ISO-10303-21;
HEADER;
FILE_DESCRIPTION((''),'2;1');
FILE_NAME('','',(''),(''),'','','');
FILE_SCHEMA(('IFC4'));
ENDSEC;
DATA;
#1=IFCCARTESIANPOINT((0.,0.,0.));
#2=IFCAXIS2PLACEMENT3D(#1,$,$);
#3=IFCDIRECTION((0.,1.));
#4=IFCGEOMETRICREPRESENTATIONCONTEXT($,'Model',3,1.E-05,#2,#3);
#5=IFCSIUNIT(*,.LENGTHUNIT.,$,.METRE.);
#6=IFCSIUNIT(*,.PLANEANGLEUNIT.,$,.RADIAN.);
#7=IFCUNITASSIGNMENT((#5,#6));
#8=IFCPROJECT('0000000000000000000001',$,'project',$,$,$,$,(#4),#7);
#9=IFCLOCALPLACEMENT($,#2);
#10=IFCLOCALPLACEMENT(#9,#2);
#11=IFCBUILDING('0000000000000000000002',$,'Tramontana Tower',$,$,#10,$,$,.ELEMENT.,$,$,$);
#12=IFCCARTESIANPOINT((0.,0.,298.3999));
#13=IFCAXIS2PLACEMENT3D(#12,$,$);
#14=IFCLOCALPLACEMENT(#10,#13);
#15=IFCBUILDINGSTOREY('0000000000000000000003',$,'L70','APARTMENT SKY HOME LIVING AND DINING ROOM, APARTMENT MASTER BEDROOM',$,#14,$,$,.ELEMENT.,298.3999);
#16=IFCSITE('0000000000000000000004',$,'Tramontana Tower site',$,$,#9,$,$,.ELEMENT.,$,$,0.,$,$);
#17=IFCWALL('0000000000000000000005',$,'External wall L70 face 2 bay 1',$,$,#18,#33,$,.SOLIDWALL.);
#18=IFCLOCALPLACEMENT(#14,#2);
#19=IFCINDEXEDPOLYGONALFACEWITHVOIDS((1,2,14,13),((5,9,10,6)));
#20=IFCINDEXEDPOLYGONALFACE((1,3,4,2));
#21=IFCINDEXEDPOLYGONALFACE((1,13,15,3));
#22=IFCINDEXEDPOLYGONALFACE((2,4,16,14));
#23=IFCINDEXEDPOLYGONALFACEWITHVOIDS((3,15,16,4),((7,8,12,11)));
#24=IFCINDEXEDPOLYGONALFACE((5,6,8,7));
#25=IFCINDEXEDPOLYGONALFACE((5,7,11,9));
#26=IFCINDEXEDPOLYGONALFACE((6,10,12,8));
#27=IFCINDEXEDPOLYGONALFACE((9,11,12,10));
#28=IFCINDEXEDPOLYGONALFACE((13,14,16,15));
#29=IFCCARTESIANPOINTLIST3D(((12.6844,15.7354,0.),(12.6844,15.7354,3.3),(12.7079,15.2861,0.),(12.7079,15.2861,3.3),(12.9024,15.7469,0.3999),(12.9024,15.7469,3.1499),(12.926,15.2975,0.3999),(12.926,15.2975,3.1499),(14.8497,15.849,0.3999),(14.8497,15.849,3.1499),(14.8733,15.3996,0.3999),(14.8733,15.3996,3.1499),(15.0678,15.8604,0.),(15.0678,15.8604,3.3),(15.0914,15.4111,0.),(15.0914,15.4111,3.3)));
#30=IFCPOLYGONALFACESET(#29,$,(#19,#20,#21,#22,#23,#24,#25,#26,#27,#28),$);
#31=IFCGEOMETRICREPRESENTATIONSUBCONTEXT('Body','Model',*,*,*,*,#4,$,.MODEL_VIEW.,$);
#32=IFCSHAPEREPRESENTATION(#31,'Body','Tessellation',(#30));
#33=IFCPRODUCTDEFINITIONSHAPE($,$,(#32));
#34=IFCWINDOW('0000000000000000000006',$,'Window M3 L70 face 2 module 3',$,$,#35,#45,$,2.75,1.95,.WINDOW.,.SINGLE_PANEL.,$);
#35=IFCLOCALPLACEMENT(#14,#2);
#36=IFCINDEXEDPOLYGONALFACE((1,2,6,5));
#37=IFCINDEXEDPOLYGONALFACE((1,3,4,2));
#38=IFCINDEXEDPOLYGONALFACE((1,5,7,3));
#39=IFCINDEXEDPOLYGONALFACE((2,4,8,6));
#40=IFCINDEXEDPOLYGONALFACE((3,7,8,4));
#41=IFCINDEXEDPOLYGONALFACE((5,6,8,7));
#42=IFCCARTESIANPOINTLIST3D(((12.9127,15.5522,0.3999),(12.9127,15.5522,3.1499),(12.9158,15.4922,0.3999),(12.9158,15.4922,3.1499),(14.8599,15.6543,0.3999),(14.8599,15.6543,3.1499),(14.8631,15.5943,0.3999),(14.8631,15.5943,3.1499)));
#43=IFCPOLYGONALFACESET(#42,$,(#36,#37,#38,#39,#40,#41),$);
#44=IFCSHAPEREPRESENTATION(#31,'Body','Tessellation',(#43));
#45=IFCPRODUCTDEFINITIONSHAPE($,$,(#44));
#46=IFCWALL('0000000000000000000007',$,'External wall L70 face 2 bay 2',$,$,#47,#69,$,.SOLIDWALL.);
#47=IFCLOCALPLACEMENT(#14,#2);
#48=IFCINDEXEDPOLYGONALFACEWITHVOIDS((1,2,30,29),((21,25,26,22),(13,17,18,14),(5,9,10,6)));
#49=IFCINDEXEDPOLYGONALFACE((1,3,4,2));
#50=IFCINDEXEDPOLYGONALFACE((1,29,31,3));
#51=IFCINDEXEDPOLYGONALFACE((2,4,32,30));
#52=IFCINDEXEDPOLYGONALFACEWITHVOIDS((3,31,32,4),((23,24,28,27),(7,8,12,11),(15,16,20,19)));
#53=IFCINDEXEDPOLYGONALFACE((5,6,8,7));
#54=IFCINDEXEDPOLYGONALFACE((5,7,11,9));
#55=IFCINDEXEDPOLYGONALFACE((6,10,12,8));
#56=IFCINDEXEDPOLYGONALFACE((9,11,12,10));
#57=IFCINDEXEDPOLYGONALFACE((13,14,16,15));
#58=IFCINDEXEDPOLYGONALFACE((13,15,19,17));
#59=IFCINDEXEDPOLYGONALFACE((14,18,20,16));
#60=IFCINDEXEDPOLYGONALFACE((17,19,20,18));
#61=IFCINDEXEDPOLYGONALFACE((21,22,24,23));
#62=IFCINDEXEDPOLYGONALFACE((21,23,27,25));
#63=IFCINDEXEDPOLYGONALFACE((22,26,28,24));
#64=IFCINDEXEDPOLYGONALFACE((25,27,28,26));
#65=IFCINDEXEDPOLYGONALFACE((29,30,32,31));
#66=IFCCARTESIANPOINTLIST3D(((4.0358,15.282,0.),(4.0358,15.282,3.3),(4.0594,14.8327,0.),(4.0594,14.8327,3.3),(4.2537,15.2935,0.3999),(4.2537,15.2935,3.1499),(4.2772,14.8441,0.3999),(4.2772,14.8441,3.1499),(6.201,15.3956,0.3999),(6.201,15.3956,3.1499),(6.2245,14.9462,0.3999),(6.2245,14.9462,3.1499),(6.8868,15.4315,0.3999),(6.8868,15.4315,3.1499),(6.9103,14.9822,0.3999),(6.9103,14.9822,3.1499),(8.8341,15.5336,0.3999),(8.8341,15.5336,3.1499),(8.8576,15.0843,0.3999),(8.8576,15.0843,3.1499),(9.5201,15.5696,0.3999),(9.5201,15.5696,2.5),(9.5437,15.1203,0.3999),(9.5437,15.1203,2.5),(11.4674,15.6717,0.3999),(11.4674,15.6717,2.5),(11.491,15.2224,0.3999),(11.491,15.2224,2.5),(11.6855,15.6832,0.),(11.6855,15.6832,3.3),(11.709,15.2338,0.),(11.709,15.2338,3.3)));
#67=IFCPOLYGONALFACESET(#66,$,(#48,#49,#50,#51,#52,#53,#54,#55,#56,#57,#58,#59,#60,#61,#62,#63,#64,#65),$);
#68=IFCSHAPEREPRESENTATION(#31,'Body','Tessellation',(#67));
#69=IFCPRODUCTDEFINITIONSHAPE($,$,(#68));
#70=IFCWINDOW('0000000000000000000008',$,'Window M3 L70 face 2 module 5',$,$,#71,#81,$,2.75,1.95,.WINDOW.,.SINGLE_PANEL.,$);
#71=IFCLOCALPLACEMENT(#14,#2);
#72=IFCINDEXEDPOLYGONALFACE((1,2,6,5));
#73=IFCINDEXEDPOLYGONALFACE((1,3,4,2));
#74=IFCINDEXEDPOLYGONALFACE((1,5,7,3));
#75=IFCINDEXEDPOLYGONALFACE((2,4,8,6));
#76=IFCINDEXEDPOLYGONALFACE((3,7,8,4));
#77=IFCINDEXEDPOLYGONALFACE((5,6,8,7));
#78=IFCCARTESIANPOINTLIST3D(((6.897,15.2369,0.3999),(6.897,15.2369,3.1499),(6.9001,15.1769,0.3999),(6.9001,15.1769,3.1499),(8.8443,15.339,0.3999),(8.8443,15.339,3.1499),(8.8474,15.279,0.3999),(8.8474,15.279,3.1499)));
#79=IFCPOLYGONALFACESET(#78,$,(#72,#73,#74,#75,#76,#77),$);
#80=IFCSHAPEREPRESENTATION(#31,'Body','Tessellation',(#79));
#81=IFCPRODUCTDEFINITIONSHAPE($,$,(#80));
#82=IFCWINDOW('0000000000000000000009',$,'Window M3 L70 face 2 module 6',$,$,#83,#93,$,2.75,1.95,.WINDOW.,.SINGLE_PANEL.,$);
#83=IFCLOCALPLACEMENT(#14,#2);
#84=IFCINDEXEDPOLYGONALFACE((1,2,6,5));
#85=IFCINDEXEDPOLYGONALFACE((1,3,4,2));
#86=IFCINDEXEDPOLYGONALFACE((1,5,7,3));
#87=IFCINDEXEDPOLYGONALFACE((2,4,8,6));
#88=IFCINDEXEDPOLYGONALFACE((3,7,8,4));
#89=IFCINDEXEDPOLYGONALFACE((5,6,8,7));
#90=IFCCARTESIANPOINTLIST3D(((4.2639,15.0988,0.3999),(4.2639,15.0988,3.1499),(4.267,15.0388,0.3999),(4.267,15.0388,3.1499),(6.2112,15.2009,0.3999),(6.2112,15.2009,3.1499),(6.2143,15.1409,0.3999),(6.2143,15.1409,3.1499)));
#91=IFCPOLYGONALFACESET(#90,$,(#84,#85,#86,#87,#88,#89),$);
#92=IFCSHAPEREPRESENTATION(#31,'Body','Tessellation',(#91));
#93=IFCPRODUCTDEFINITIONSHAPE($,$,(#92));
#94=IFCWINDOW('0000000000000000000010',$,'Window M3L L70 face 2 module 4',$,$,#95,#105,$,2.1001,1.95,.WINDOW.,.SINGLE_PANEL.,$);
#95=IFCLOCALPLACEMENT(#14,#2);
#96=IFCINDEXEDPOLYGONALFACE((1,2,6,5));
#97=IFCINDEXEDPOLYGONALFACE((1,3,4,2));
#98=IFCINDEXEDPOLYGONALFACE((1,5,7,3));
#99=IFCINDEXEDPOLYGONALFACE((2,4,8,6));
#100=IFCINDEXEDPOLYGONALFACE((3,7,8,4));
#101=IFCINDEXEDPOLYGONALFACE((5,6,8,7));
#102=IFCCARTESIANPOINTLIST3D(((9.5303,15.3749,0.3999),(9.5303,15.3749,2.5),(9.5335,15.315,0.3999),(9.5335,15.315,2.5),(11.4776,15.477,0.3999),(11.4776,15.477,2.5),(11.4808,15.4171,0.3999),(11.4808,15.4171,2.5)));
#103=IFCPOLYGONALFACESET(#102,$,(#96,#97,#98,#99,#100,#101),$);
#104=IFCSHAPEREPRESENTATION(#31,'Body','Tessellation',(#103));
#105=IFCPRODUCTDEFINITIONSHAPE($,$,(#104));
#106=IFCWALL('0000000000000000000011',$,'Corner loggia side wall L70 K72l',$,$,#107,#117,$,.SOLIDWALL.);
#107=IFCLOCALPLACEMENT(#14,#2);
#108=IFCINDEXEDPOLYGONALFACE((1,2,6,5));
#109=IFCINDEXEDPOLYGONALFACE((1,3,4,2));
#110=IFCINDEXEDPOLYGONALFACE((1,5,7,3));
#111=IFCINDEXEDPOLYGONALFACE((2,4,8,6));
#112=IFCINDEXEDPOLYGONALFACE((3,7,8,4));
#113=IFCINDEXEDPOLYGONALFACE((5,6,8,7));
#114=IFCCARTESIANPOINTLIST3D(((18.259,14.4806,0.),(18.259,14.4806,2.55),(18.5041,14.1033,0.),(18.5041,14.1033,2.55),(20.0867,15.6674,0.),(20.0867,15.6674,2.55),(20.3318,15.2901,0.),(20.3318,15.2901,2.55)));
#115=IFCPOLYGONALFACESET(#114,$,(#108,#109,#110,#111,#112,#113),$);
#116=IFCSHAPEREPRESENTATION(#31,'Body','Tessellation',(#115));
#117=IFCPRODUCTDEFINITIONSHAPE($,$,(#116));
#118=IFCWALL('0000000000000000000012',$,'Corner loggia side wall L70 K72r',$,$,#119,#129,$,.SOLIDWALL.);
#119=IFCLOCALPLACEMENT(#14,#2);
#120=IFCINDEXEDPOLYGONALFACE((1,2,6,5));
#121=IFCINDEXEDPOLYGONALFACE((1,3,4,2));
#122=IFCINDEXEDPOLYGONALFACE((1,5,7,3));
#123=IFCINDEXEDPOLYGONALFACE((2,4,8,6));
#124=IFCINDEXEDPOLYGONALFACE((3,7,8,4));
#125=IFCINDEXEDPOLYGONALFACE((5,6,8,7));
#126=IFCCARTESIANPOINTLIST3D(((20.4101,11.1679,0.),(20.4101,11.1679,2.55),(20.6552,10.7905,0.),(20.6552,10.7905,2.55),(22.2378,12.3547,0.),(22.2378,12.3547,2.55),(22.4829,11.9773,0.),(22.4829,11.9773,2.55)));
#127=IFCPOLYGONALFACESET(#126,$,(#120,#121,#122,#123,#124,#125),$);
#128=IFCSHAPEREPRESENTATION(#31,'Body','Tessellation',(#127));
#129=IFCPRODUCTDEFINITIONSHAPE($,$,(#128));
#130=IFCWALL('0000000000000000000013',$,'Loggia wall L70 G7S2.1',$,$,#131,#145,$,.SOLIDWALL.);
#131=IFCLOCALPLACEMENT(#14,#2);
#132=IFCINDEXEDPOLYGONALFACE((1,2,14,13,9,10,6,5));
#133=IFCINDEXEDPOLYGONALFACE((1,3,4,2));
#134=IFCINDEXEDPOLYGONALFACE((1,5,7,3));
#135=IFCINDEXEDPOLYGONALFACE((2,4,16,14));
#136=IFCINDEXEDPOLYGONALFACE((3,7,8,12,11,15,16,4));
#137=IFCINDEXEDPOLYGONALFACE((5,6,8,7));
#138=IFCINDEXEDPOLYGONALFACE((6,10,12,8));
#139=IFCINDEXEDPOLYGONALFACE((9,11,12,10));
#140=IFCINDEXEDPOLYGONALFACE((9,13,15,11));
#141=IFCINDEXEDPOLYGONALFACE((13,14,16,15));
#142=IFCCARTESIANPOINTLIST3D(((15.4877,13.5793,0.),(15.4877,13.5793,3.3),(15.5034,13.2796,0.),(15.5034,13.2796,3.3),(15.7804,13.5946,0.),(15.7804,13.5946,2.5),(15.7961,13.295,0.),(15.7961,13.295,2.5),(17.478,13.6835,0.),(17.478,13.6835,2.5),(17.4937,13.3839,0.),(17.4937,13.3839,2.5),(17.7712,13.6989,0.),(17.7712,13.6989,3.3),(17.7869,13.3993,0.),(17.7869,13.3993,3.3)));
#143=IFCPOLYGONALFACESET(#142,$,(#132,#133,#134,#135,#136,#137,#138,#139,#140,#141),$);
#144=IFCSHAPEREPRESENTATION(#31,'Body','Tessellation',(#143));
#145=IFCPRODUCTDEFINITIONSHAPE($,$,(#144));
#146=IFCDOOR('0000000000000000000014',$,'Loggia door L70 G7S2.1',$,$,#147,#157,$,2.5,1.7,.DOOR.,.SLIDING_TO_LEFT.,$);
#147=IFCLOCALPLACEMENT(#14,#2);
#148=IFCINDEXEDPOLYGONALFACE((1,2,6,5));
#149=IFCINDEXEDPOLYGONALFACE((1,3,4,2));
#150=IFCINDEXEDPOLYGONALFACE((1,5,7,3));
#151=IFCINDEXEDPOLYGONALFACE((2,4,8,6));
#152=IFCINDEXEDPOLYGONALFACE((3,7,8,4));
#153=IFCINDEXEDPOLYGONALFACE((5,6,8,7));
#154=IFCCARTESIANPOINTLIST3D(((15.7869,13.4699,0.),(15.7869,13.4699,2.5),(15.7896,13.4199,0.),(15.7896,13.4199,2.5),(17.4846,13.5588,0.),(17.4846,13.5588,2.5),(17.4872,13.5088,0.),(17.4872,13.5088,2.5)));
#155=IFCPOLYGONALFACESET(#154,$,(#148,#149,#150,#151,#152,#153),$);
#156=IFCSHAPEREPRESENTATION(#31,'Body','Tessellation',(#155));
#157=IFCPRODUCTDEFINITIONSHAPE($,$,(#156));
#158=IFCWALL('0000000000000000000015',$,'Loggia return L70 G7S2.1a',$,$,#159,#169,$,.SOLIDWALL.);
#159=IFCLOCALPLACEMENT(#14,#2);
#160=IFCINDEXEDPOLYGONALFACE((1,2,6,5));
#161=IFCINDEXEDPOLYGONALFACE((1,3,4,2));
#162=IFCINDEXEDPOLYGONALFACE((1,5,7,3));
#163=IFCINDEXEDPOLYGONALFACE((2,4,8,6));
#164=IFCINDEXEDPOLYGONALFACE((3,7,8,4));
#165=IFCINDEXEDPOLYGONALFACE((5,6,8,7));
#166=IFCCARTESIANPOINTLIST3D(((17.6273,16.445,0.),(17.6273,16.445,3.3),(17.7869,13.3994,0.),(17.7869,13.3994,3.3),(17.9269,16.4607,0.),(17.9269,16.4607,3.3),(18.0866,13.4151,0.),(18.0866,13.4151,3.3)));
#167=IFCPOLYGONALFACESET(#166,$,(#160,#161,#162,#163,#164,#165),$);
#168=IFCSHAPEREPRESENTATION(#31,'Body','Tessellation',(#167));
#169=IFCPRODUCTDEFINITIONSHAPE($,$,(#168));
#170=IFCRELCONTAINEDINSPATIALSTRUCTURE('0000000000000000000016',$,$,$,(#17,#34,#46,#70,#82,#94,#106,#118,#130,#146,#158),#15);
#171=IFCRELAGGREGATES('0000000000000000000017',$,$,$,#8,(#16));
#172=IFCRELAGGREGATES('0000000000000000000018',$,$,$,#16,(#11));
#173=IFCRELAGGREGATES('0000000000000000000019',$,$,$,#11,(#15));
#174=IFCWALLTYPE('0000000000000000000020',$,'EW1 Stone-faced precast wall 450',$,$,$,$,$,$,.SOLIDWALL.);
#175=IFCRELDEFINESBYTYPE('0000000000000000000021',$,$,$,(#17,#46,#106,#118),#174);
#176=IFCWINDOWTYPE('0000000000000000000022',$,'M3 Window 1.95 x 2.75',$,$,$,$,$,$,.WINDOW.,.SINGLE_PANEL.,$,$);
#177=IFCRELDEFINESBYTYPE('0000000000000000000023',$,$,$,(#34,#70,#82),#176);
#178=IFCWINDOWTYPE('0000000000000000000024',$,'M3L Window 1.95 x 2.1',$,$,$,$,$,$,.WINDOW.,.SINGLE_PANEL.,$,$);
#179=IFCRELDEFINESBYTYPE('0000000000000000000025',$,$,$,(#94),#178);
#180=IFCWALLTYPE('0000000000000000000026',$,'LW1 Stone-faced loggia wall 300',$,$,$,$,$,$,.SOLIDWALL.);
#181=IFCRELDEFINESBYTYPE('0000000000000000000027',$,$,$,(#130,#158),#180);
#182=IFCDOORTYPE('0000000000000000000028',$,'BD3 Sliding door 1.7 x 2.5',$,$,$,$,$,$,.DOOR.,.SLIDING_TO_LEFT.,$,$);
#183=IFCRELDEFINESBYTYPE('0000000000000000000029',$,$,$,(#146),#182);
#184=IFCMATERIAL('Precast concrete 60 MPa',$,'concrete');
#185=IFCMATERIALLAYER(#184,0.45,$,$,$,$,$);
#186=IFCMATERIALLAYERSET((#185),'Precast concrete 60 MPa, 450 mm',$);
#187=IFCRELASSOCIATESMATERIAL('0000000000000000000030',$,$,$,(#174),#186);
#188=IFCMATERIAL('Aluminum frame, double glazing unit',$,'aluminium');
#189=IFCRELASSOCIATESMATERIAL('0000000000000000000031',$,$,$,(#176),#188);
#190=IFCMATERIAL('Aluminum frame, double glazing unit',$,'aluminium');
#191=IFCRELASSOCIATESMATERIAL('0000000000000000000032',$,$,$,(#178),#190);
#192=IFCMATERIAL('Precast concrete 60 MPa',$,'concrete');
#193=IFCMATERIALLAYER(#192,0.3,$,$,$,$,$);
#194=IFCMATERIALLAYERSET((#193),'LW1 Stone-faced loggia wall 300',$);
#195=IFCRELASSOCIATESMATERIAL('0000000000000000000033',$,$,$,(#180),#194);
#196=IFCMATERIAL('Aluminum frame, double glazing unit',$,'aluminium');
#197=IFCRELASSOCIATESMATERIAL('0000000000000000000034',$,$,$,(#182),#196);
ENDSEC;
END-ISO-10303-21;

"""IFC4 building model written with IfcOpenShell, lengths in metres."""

from ifc_helpers import new_model, si_unit, direction, frame, frame_2d, origin, place, context, subcontext, project, spatial, rectangle, extrude, material, layer, layer_set, type_object, element, fill, save


model = new_model("IFC4")

# Units and contexts
model_context = context("Model", 3, precision=1e-05, world=origin(), true_north=direction((0.0, 1.0)))
body_context = subcontext(model_context, "Body", "Model", "MODEL_VIEW")
ifc_project = project(units=[si_unit("LENGTHUNIT", "METRE"), si_unit("PLANEANGLEUNIT", "RADIAN")], contexts=[model_context])

# Site, building, storey
site_placement = place(None, origin())
site = spatial("IfcSite", under=ifc_project, at=site_placement, Name="Tramontana Tower site", CompositionType="ELEMENT", RefElevation=0.0)
building_placement = place(site_placement, origin())
building = spatial("IfcBuilding", under=site, at=building_placement, Name="Tramontana Tower", CompositionType="ELEMENT")
storey_placement = place(building_placement, frame((0.0, 0.0, 298.3999)))
storey = spatial("IfcBuildingStorey", under=building, at=storey_placement, Name="L70", Description="APARTMENT SKY HOME LIVING AND DINING ROOM, APARTMENT MASTER BEDROOM", CompositionType="ELEMENT", Elevation=298.3999)

# Wall, opening, window
ifc_material_1 = material(Name="Precast concrete 60 MPa", Category="concrete")
ifc_layer_1 = layer(ifc_material_1, 0.45)
ifc_layer_set_1 = layer_set([ifc_layer_1], Name="Precast concrete 60 MPa, 450 mm")
wall_type_1 = type_object("IfcWallType", Name="EW1 Stone-faced precast wall 450", PredefinedType="SOLIDWALL", material=ifc_layer_set_1)
wall_1_placement = place(storey_placement, frame((15.0796, 15.6357, 0.0), z_axis=(0.0, 0.0, 1.0), x_axis=(-0.998628, -0.052371, 0.0)))
wall_1 = element("IfcWall", 1, at=wall_1_placement, inside=storey, type_object=wall_type_1, Name="External wall L70 face 2 bay 1", PredefinedType="SOLIDWALL", context=body_context, shape_type="SweptSolid", body=[
    extrude(rectangle(XDim=2.3867, YDim=0.45, at=frame_2d((1.1934, 0.0))), origin(), (0.0, 0.0, 1.0), 3.3),
])
opening_1_placement = place(wall_1_placement, frame((0.2183, 0.0, 0.3999)))
opening_1 = element("IfcOpeningElement", 2, at=opening_1_placement, cuts=wall_1, PredefinedType="OPENING", context=body_context, shape_type="SweptSolid", body=[
    extrude(rectangle(XDim=1.95, YDim=2.75, at=frame_2d((0.9751, 1.375))), frame((0.0, 0.2349, 0.0), z_axis=(0.0, -1.0, 0.0), x_axis=(1.0, 0.0, 0.0)), (0.0, 0.0, 1.0), 0.47),
])
ifc_material_2 = material(Name="Aluminum frame, double glazing unit", Category="aluminium")
window_type_1 = type_object("IfcWindowType", Name="M3 Window 1.95 x 2.75", PartitioningType="SINGLE_PANEL", PredefinedType="WINDOW", material=ifc_material_2)
window_1_placement = place(opening_1_placement, origin())
window_1 = element("IfcWindow", 3, at=window_1_placement, inside=storey, type_object=window_type_1, Name="Window M3 L70 face 2 module 3", OverallHeight=2.75, OverallWidth=1.95, PartitioningType="SINGLE_PANEL", PredefinedType="WINDOW", context=body_context, shape_type="SweptSolid", body=[
    extrude(rectangle(XDim=1.95, YDim=2.75, at=frame_2d((0.9751, 1.375))), frame((0.0, 0.03, 0.0), z_axis=(0.0, -1.0, 0.0), x_axis=(1.0, 0.0, 0.0)), (0.0, 0.0, 1.0), 0.0601),
])
fill(opening_1, window_1)

# Wall, openings, windows
wall_2_placement = place(storey_placement, frame((11.6973, 15.4585, 0.0), z_axis=(0.0, 0.0, 1.0), x_axis=(-0.998628, -0.052365, 0.0)))
wall_2 = element("IfcWall", 4, at=wall_2_placement, inside=storey, type_object=wall_type_1, Name="External wall L70 face 2 bay 2", PredefinedType="SOLIDWALL", context=body_context, shape_type="SweptSolid", body=[
    extrude(rectangle(XDim=7.6602, YDim=0.45, at=frame_2d((3.8301, 0.0))), origin(), (0.0, 0.0, 1.0), 3.3),
])
opening_2_placement = place(wall_2_placement, frame((0.2183, 0.0, 0.3999)))
opening_2 = element("IfcOpeningElement", 5, at=opening_2_placement, cuts=wall_2, PredefinedType="OPENING", context=body_context, shape_type="SweptSolid", body=[
    extrude(rectangle(XDim=1.95, YDim=2.1001, at=frame_2d((0.9751, 1.05))), frame((0.0, 0.2349, 0.0), z_axis=(0.0, -1.0, 0.0), x_axis=(1.0, 0.0, 0.0)), (0.0, 0.0, 1.0), 0.47),
])
opening_3_placement = place(wall_2_placement, frame((2.8552, 0.0, 0.3999)))
opening_3 = element("IfcOpeningElement", 6, at=opening_3_placement, cuts=wall_2, PredefinedType="OPENING", context=body_context, shape_type="SweptSolid", body=[
    extrude(rectangle(XDim=1.95, YDim=2.75, at=frame_2d((0.9751, 1.375))), frame((0.0, 0.2349, 0.0), z_axis=(0.0, -1.0, 0.0), x_axis=(1.0, 0.0, 0.0)), (0.0, 0.0, 1.0), 0.47),
])
opening_4_placement = place(wall_2_placement, frame((5.4919, 0.0, 0.3999)))
opening_4 = element("IfcOpeningElement", 7, at=opening_4_placement, cuts=wall_2, PredefinedType="OPENING", context=body_context, shape_type="SweptSolid", body=[
    extrude(rectangle(XDim=1.95, YDim=2.75, at=frame_2d((0.9751, 1.375))), frame((0.0, 0.2349, 0.0), z_axis=(0.0, -1.0, 0.0), x_axis=(1.0, 0.0, 0.0)), (0.0, 0.0, 1.0), 0.47),
])
window_2_placement = place(opening_3_placement, origin())
window_2 = element("IfcWindow", 8, at=window_2_placement, inside=storey, type_object=window_type_1, Name="Window M3 L70 face 2 module 5", OverallHeight=2.75, OverallWidth=1.95, PartitioningType="SINGLE_PANEL", PredefinedType="WINDOW", context=body_context, shape_type="SweptSolid", body=[
    extrude(rectangle(XDim=1.95, YDim=2.75, at=frame_2d((0.9751, 1.375))), frame((0.0, 0.03, 0.0), z_axis=(0.0, -1.0, 0.0), x_axis=(1.0, 0.0, 0.0)), (0.0, 0.0, 1.0), 0.0601),
])
fill(opening_3, window_2)
window_3_placement = place(opening_4_placement, origin())
window_3 = element("IfcWindow", 9, at=window_3_placement, inside=storey, type_object=window_type_1, Name="Window M3 L70 face 2 module 6", OverallHeight=2.75, OverallWidth=1.95, PartitioningType="SINGLE_PANEL", PredefinedType="WINDOW", context=body_context, shape_type="SweptSolid", body=[
    extrude(rectangle(XDim=1.95, YDim=2.75, at=frame_2d((0.9751, 1.375))), frame((0.0, 0.03, 0.0), z_axis=(0.0, -1.0, 0.0), x_axis=(1.0, 0.0, 0.0)), (0.0, 0.0, 1.0), 0.0601),
])
fill(opening_4, window_3)
ifc_material_3 = material(Name="Aluminum frame, double glazing unit", Category="aluminium")
window_type_2 = type_object("IfcWindowType", Name="M3L Window 1.95 x 2.1", PartitioningType="SINGLE_PANEL", PredefinedType="WINDOW", material=ifc_material_3)
window_4_placement = place(opening_2_placement, origin())
window_4 = element("IfcWindow", 10, at=window_4_placement, inside=storey, type_object=window_type_2, Name="Window M3L L70 face 2 module 4", OverallHeight=2.1001, OverallWidth=1.95, PartitioningType="SINGLE_PANEL", PredefinedType="WINDOW", context=body_context, shape_type="SweptSolid", body=[
    extrude(rectangle(XDim=1.95, YDim=2.1001, at=frame_2d((0.9751, 1.05))), frame((0.0, 0.03, 0.0), z_axis=(0.0, -1.0, 0.0), x_axis=(1.0, 0.0, 0.0)), (0.0, 0.0, 1.0), 0.0601),
])
fill(opening_2, window_4)

# Walls
for number, where, z_axis, x_axis, name in (
    (11, (20.2092, 15.4788, 0.0), (0.0, 0.0, 1.0), (-0.838694, -0.544602, 0.0), "Corner loggia side wall L70 K72l"),
    (12, (22.3604, 12.166, 0.0), (0.0, 0.0, 1.0), (-0.838694, -0.544602, 0.0), "Corner loggia side wall L70 K72r"),
):
    element("IfcWall", number, at=place(storey_placement, frame(where, z_axis=z_axis, x_axis=x_axis)), inside=storey, type_object=wall_type_1, Name=name, PredefinedType="SOLIDWALL", context=body_context, shape_type="SweptSolid", body=[
        extrude(rectangle(XDim=2.1792, YDim=0.45, at=frame_2d((1.0896, 0.0))), origin(), (0.0, 0.0, 1.0), 2.55),
    ])

# Wall, opening, door
ifc_material_4 = material(Name="Precast concrete 60 MPa", Category="concrete")
ifc_layer_2 = layer(ifc_material_4, 0.3)
ifc_layer_set_2 = layer_set([ifc_layer_2], Name="LW1 Stone-faced loggia wall 300")
wall_type_2 = type_object("IfcWallType", Name="LW1 Stone-faced loggia wall 300", PredefinedType="SOLIDWALL", material=ifc_layer_set_2)
wall_3_placement = place(storey_placement, frame((17.7791, 13.5491, 0.0), z_axis=(0.0, 0.0, 1.0), x_axis=(-0.99863, -0.052318, 0.0)))
wall_3 = element("IfcWall", 13, at=wall_3_placement, inside=storey, type_object=wall_type_2, Name="Loggia wall L70 G7S2.1", PredefinedType="SOLIDWALL", context=body_context, shape_type="SweptSolid", body=[
    extrude(rectangle(XDim=2.2866, YDim=0.3, at=frame_2d((1.1433, 0.0))), origin(), (0.0, 0.0, 1.0), 3.3),
])
opening_5_placement = place(wall_3_placement, frame((0.2935, 0.0, 0.0)))
opening_5 = element("IfcOpeningElement", 14, at=opening_5_placement, cuts=wall_3, PredefinedType="OPENING", context=body_context, shape_type="SweptSolid", body=[
    extrude(rectangle(XDim=1.7, YDim=2.5, at=frame_2d((0.8501, 1.25))), frame((0.0, 0.1599, 0.0), z_axis=(0.0, -1.0, 0.0), x_axis=(1.0, 0.0, 0.0)), (0.0, 0.0, 1.0), 0.3201),
])
ifc_material_5 = material(Name="Aluminum frame, double glazing unit", Category="aluminium")
door_type_1 = type_object("IfcDoorType", Name="BD3 Sliding door 1.7 x 2.5", OperationType="SLIDING_TO_LEFT", PredefinedType="DOOR", material=ifc_material_5)
door_1_placement = place(opening_5_placement, origin())
door_1 = element("IfcDoor", 15, at=door_1_placement, inside=storey, type_object=door_type_1, Name="Loggia door L70 G7S2.1", OperationType="SLIDING_TO_LEFT", OverallHeight=2.5, OverallWidth=1.7, PredefinedType="DOOR", context=body_context, shape_type="SweptSolid", body=[
    extrude(rectangle(XDim=1.7, YDim=2.5, at=frame_2d((0.8501, 1.25))), frame((0.0, 0.0249, 0.0), z_axis=(0.0, -1.0, 0.0), x_axis=(1.0, 0.0, 0.0)), (0.0, 0.0, 1.0), 0.05),
])
fill(opening_5, door_1)

# Wall
wall_4_placement = place(storey_placement, frame((17.7771, 16.4529, 0.0), z_axis=(0.0, 0.0, 1.0), x_axis=(0.052353, -0.998629, 0.0)))
element("IfcWall", 16, at=wall_4_placement, inside=storey, type_object=wall_type_2, Name="Loggia return L70 G7S2.1a", PredefinedType="SOLIDWALL", context=body_context, shape_type="SweptSolid", body=[
    extrude(rectangle(XDim=3.0498, YDim=0.3, at=frame_2d((1.5249, 0.0))), origin(), (0.0, 0.0, 1.0), 3.3),
])

save(model, "model.ifc")
